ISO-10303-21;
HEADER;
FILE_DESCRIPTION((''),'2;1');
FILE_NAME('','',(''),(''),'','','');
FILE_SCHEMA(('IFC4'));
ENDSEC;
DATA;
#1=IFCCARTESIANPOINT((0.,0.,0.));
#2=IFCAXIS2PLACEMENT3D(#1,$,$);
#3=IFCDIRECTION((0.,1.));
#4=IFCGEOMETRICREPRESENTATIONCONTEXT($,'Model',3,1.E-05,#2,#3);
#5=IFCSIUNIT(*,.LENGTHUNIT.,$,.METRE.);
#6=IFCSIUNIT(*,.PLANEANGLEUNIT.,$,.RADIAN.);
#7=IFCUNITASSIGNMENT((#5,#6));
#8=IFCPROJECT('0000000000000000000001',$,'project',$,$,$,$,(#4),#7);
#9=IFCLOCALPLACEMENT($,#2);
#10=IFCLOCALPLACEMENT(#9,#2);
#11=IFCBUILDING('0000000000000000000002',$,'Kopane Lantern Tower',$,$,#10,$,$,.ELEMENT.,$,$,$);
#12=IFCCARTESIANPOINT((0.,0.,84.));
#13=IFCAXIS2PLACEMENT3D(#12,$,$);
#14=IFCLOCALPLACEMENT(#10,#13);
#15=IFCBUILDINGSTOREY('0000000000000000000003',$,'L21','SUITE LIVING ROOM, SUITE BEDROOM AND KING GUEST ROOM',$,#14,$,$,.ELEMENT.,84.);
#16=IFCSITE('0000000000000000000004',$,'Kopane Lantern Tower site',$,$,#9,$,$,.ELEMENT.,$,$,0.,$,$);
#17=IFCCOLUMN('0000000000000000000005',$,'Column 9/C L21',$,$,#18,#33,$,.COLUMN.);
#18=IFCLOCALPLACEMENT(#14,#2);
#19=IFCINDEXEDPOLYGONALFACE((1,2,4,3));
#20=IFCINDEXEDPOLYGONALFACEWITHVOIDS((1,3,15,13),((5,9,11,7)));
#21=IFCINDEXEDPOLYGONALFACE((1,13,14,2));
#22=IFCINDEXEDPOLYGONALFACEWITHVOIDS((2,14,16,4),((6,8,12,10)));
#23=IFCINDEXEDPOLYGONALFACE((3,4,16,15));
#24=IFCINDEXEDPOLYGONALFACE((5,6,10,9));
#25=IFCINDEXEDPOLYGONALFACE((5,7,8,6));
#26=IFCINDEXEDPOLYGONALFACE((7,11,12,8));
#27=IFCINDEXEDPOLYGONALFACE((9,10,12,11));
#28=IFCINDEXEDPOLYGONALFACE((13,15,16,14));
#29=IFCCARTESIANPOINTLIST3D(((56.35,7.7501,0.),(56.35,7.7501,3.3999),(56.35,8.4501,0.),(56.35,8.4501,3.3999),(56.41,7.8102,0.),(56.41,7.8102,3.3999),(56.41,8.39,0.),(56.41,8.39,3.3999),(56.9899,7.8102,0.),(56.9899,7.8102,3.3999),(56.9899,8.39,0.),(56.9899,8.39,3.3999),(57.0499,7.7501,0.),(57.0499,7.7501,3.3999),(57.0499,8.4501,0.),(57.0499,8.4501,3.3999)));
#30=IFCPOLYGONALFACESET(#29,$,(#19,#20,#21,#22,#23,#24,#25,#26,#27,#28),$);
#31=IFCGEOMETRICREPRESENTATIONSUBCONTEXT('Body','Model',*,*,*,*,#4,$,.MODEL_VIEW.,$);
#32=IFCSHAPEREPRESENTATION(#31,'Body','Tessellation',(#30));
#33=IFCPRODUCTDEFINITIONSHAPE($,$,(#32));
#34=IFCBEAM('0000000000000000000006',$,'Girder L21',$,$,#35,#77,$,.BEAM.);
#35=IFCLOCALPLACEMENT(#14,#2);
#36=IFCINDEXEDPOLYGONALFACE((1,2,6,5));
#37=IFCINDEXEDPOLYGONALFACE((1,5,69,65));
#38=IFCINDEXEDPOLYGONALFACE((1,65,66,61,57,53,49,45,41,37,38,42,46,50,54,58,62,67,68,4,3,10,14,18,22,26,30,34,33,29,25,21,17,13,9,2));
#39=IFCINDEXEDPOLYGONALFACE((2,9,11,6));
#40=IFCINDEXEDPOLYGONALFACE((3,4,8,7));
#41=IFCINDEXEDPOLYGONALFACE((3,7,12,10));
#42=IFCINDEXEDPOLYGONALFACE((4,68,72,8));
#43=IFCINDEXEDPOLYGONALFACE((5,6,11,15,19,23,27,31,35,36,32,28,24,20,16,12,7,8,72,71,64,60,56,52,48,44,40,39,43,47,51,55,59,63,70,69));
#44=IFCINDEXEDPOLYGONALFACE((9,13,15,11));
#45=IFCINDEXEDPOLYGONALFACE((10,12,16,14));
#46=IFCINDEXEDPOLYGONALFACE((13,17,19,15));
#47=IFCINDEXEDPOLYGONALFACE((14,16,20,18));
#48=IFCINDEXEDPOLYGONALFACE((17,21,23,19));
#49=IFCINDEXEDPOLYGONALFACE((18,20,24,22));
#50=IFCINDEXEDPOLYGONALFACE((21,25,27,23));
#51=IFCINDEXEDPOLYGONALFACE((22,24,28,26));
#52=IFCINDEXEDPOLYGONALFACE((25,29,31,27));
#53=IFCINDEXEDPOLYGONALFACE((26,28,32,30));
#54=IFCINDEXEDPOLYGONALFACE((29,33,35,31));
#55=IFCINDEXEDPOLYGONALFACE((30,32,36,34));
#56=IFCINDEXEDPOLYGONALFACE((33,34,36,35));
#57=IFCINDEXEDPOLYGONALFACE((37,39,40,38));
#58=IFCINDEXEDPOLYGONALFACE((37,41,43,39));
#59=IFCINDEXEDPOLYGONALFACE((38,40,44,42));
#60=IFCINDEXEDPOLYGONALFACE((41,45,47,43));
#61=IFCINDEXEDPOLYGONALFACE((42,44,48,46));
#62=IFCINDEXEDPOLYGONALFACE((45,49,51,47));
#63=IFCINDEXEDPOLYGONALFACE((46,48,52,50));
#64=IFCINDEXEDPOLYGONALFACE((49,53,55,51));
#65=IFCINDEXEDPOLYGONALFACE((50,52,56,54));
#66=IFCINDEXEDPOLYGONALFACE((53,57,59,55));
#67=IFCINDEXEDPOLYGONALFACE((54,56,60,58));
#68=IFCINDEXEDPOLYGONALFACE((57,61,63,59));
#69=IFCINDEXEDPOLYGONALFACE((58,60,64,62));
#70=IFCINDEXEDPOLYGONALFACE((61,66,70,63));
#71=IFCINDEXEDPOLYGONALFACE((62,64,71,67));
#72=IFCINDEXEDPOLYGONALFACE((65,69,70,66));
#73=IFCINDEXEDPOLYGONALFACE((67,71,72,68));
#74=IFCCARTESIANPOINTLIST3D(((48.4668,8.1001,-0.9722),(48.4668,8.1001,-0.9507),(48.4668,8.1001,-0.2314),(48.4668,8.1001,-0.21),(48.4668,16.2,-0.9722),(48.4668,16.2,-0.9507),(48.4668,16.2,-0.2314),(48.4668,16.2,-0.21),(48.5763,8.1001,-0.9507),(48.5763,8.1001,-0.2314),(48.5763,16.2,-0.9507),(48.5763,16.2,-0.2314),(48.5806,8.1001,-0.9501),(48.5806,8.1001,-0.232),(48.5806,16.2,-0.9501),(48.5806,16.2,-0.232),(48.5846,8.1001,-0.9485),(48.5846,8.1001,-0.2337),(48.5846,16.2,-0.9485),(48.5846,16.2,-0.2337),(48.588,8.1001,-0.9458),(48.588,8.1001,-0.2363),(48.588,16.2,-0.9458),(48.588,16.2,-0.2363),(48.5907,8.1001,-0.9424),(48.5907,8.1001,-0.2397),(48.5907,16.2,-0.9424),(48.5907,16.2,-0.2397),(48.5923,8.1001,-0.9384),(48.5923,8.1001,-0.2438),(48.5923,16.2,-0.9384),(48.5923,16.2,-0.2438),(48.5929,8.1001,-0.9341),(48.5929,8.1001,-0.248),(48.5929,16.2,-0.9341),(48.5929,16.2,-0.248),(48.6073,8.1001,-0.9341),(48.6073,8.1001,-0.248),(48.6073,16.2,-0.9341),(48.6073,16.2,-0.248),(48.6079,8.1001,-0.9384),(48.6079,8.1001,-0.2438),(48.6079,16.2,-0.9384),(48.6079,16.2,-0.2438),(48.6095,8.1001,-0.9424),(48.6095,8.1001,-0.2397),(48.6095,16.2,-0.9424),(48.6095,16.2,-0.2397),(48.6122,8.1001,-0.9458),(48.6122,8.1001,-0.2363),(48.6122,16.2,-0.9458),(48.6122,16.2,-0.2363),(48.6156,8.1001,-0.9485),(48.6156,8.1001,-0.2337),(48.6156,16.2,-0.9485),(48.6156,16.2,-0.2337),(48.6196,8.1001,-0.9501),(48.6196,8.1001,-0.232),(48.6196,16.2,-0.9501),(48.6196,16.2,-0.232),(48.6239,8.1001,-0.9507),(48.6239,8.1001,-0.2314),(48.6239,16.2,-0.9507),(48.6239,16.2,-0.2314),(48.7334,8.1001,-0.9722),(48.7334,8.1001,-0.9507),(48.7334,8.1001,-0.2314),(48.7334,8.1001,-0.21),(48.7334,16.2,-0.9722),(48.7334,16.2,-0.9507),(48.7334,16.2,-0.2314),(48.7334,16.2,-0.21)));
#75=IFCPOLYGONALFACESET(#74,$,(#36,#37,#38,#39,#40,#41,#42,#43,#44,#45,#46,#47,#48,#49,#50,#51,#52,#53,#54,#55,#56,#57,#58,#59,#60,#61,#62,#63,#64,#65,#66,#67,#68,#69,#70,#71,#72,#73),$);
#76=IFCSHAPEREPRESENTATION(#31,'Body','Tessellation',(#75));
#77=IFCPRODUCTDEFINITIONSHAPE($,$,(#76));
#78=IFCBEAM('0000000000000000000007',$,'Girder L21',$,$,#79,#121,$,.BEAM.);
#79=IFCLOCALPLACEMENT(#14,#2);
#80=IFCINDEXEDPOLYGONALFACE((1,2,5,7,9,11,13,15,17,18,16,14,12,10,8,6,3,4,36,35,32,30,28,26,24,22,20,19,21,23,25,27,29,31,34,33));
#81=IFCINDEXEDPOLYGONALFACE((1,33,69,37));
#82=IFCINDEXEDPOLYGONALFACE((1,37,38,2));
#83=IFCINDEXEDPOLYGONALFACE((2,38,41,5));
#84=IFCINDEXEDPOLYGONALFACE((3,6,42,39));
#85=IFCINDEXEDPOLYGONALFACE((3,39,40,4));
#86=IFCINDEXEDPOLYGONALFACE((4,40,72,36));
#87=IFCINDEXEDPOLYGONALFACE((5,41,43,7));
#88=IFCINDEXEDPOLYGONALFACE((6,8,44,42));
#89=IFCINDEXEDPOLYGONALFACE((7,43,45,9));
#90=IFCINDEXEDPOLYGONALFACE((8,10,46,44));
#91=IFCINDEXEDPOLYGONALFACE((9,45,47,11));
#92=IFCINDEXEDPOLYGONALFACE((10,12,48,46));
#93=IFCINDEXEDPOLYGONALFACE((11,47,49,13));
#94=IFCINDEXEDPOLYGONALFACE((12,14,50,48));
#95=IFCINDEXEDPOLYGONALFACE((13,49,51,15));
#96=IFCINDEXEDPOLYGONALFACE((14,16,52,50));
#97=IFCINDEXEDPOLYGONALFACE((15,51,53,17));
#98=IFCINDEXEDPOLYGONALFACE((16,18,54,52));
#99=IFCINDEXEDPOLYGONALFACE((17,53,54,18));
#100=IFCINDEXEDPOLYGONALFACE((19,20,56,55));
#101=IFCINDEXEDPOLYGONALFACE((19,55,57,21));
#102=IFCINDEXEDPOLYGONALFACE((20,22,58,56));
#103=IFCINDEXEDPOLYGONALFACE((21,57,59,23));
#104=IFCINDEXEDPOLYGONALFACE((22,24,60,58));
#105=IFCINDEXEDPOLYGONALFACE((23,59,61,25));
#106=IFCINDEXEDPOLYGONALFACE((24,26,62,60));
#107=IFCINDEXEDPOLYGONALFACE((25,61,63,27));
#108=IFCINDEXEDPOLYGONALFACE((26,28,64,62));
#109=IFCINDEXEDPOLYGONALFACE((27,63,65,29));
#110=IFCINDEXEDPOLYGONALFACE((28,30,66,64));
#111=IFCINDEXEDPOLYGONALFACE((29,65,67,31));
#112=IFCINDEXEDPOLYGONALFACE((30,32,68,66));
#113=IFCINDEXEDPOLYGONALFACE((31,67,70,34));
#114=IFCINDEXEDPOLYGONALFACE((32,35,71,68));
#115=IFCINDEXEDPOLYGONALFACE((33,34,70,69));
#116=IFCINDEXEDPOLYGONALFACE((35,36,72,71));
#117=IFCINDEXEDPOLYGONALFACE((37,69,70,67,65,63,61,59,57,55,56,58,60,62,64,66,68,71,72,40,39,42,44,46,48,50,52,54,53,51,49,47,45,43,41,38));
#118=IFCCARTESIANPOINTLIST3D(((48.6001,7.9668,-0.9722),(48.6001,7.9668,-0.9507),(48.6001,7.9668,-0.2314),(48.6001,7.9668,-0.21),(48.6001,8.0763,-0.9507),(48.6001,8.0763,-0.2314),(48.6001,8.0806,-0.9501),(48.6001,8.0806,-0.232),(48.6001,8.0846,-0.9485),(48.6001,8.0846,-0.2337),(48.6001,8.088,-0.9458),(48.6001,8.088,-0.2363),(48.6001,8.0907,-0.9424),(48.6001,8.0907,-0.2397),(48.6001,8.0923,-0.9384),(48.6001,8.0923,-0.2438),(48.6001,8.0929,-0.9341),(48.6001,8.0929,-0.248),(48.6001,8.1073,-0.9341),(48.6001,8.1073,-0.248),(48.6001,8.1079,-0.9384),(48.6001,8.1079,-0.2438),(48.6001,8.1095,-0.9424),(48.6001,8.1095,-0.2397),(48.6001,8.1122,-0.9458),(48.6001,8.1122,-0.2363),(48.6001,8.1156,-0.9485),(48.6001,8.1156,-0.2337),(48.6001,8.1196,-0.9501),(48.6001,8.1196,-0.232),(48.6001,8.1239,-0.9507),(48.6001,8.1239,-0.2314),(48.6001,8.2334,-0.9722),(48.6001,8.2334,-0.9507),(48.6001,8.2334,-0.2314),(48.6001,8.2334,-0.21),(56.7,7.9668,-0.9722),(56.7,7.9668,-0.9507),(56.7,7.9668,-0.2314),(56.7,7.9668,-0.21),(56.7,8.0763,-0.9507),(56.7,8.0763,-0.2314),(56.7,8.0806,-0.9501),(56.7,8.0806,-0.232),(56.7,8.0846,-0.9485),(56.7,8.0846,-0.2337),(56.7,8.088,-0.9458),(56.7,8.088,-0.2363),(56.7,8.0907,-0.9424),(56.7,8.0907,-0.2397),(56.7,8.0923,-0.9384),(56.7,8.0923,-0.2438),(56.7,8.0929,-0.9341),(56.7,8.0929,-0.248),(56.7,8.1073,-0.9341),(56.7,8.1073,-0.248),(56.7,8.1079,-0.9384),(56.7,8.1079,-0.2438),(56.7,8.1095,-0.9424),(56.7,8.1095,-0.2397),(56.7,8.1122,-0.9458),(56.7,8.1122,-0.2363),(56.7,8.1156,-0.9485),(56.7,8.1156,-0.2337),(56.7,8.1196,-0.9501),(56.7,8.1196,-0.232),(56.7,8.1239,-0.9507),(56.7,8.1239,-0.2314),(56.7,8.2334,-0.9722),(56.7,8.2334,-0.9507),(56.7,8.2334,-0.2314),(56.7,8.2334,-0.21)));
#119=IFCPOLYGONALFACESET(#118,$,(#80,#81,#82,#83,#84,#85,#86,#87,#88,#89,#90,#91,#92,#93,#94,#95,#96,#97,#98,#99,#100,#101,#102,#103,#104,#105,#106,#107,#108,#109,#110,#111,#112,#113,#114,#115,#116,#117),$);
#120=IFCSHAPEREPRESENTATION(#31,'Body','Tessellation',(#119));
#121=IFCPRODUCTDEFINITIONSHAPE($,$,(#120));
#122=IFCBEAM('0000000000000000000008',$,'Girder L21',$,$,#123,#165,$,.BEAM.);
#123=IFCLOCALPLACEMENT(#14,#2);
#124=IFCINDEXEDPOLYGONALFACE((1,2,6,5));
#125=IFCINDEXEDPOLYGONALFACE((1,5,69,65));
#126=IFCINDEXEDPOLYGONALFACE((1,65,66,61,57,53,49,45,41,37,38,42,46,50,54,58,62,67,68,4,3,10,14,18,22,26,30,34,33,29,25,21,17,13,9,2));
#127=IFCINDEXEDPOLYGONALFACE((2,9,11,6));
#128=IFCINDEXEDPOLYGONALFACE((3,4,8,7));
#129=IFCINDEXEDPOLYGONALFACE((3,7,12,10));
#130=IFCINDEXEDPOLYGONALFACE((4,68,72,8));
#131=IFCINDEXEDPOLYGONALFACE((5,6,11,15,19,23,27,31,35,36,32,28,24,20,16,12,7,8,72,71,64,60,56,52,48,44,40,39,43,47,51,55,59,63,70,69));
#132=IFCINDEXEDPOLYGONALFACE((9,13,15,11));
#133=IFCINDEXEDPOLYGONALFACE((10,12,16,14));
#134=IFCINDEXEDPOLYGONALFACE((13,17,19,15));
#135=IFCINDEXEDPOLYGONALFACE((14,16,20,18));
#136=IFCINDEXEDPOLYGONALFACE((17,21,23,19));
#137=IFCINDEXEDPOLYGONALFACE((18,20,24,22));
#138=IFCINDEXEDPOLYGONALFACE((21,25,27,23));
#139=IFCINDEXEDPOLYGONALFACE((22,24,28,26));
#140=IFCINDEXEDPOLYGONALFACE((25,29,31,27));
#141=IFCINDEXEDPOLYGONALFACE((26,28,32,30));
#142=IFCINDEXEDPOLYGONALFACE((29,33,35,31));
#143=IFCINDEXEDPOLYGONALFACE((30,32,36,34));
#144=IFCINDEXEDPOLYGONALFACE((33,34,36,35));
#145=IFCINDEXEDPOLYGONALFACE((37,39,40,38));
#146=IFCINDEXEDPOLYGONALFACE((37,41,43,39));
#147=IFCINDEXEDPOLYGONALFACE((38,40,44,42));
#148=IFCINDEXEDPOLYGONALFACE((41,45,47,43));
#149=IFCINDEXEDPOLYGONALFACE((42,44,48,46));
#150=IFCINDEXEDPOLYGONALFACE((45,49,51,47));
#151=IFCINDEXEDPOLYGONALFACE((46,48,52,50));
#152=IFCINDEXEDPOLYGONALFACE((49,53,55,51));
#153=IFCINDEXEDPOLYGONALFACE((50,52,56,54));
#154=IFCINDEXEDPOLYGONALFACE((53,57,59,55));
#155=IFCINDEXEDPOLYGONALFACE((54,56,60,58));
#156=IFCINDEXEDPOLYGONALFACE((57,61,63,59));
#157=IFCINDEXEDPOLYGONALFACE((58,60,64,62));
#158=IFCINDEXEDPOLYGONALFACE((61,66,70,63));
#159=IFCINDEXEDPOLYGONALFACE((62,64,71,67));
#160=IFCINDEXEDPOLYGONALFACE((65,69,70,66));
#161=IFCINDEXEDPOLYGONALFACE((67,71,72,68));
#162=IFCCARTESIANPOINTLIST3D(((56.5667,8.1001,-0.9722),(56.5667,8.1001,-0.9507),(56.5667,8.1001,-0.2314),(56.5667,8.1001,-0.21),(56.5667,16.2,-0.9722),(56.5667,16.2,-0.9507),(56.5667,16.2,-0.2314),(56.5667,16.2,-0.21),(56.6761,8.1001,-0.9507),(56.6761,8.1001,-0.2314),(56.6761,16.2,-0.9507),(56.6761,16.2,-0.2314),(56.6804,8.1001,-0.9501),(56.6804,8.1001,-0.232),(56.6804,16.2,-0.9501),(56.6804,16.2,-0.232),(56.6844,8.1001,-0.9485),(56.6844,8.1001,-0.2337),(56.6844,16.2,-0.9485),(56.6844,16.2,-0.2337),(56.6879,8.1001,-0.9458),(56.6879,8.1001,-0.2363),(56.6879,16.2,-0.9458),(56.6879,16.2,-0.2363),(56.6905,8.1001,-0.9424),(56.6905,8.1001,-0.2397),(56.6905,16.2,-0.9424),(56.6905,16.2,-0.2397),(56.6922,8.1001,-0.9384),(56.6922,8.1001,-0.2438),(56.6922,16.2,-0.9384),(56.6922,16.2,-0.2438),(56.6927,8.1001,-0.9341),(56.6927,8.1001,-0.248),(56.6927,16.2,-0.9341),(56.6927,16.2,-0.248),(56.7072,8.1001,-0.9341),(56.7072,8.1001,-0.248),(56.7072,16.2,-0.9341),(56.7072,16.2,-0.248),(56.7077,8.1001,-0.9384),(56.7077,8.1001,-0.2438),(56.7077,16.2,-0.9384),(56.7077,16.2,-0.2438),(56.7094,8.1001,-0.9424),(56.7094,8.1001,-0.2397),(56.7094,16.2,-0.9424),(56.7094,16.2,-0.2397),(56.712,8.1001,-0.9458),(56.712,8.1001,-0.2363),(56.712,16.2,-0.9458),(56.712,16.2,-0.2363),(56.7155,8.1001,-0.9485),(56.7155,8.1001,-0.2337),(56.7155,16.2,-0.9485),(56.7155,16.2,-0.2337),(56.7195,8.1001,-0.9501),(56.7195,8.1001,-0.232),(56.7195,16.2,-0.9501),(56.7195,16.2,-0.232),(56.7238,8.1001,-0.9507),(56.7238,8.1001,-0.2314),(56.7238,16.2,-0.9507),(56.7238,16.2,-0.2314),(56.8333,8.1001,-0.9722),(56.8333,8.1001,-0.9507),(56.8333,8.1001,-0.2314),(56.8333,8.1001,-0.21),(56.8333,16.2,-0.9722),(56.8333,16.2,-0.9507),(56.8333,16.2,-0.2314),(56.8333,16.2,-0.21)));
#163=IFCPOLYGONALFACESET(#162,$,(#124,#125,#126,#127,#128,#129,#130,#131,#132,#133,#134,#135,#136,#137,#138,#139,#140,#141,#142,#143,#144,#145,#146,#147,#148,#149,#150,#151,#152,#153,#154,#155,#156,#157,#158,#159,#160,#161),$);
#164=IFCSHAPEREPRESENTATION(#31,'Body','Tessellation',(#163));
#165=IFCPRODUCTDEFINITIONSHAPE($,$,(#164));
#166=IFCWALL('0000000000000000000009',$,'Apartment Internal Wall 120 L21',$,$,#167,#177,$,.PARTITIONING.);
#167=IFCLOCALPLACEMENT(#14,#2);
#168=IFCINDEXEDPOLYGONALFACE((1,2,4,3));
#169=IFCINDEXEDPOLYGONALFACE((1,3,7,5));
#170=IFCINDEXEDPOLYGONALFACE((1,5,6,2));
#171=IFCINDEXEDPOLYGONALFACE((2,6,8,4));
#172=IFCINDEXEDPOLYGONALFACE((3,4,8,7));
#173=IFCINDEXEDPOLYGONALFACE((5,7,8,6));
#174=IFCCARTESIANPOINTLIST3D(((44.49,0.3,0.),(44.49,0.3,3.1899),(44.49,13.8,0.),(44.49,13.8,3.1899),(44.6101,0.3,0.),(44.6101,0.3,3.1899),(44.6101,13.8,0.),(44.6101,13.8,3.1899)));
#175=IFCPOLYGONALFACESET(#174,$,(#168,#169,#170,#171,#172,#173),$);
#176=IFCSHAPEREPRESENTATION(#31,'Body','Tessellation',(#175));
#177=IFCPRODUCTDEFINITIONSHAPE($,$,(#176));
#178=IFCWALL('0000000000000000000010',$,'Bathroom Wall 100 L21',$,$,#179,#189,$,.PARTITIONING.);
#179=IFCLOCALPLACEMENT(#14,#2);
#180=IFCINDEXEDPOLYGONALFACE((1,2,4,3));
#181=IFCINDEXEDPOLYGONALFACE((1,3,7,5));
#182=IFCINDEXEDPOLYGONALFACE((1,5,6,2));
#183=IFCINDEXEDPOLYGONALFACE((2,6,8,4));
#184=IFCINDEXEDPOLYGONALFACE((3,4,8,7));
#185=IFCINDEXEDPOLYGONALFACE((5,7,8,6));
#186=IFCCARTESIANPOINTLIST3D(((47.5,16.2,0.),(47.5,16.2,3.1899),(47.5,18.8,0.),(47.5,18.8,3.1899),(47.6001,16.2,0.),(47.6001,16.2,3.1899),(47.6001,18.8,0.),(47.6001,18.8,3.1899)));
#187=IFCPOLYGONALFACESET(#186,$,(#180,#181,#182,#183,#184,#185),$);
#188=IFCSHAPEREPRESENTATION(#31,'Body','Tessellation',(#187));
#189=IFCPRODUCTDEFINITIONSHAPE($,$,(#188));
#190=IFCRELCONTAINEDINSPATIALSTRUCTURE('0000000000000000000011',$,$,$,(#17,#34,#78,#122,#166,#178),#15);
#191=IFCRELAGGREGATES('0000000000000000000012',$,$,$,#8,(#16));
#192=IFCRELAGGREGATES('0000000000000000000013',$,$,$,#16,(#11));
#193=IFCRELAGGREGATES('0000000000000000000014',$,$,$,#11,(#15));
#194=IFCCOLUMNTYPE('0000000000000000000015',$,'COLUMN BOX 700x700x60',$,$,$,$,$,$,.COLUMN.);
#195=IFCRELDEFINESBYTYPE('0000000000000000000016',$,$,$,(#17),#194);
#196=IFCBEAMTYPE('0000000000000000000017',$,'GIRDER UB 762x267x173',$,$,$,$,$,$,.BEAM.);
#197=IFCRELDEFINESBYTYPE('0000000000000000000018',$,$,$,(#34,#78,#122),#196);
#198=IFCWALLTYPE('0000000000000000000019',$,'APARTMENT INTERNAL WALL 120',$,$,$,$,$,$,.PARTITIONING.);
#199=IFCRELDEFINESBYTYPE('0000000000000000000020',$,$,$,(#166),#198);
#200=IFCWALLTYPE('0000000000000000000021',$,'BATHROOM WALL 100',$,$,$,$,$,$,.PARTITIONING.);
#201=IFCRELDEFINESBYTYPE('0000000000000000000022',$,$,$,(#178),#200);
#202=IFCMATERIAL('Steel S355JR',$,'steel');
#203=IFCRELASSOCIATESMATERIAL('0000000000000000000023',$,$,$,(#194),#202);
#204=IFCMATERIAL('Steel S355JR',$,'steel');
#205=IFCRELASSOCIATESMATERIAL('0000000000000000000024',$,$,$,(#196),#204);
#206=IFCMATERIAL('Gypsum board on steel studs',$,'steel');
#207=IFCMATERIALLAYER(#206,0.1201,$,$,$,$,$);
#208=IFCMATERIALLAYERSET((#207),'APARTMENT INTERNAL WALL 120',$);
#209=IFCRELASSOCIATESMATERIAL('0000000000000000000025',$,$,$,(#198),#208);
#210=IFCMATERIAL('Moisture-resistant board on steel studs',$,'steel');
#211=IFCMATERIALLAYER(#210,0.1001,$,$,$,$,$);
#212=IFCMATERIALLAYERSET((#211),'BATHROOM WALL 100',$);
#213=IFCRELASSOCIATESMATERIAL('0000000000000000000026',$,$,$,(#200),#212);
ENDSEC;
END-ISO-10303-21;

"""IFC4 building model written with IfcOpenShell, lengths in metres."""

from ifc_helpers import new_model, si_unit, direction, frame, frame_2d, origin, origin_2d, place, context, subcontext, project, spatial, rectangle, hollow_rectangle, i_section, extrude, material, layer, layer_set, material_profile, profile_set, type_object, element, save


model = new_model("IFC4")

# Units and contexts
model_context = context("Model", 3, precision=1e-05, world=origin(), true_north=direction((0.0, 1.0)))
body_context = subcontext(model_context, "Body", "Model", "MODEL_VIEW")
ifc_project = project(units=[si_unit("LENGTHUNIT", "METRE"), si_unit("PLANEANGLEUNIT", "RADIAN")], contexts=[model_context])

# Site, building, storey
site_placement = place(None, origin())
site = spatial("IfcSite", under=ifc_project, at=site_placement, Name="Kopane Lantern Tower site", CompositionType="ELEMENT", RefElevation=0.0)
building_placement = place(site_placement, origin())
building = spatial("IfcBuilding", under=site, at=building_placement, Name="Kopane Lantern Tower", CompositionType="ELEMENT")
storey_placement = place(building_placement, frame((0.0, 0.0, 84.0)))
storey = spatial("IfcBuildingStorey", under=building, at=storey_placement, Name="L21", Description="SUITE LIVING ROOM, SUITE BEDROOM AND KING GUEST ROOM", CompositionType="ELEMENT", Elevation=84.0)

# Column
ifc_material_1 = material(Name="Steel S355JR", Category="steel")
ifc_material_profile_1 = material_profile(ifc_material_1, hollow_rectangle(XDim=0.7, YDim=0.7, WallThickness=0.0601, at=origin_2d()), Name="BOX 700x700x60")
ifc_profile_set_1 = profile_set([ifc_material_profile_1], Name="Steel S355JR")
column_type = type_object("IfcColumnType", Name="COLUMN BOX 700x700x60", PredefinedType="COLUMN", material=ifc_profile_set_1)
column_placement = place(storey_placement, frame((56.7, 8.1001, 0.0), z_axis=(0.0, 0.0, 1.0), x_axis=(1.0, 0.0, 0.0)))
element("IfcColumn", 1, at=column_placement, inside=storey, type_object=column_type, Name="Column 9/C L21", PredefinedType="COLUMN", context=body_context, shape_type="SweptSolid", body=[
    extrude(hollow_rectangle(XDim=0.7, YDim=0.7, WallThickness=0.0601, at=origin_2d()), origin(), (0.0, 0.0, 1.0), 3.3999),
])

# Beams
ifc_material_2 = material(Name="Steel S355JR", Category="steel")
ifc_material_profile_2 = material_profile(ifc_material_2, i_section(OverallWidth=0.2666, OverallDepth=0.7622, WebThickness=0.0144, FlangeThickness=0.0215, FilletRadius=0.0166, at=origin_2d()), Name="UB 762x267x173")
ifc_profile_set_2 = profile_set([ifc_material_profile_2], Name="Steel S355JR")
beam_type = type_object("IfcBeamType", Name="GIRDER UB 762x267x173", PredefinedType="BEAM", material=ifc_profile_set_2)
for number, where, z_axis, x_axis, name in (
    (2, (48.6001, 8.1001, -0.5911), (0.0, 1.0, 0.0), (-1.0, 0.0, 0.0), "Girder L21"),
    (3, (48.6001, 8.1001, -0.5911), (1.0, 0.0, 0.0), (0.0, 1.0, 0.0), "Girder L21"),
    (4, (56.7, 8.1001, -0.5911), (0.0, 1.0, 0.0), (-1.0, 0.0, 0.0), "Girder L21"),
):
    element("IfcBeam", number, at=place(storey_placement, frame(where, z_axis=z_axis, x_axis=x_axis)), inside=storey, type_object=beam_type, Name=name, PredefinedType="BEAM", context=body_context, shape_type="SweptSolid", body=[
        extrude(i_section(OverallWidth=0.2666, OverallDepth=0.7622, WebThickness=0.0144, FlangeThickness=0.0215, FilletRadius=0.0166, at=origin_2d()), origin(), (0.0, 0.0, 1.0), 8.0999),
    ])

# Walls
ifc_material_3 = material(Name="Gypsum board on steel studs", Category="steel")
ifc_layer_1 = layer(ifc_material_3, 0.1201)
ifc_layer_set_1 = layer_set([ifc_layer_1], Name="APARTMENT INTERNAL WALL 120")
wall_type_1 = type_object("IfcWallType", Name="APARTMENT INTERNAL WALL 120", PredefinedType="PARTITIONING", material=ifc_layer_set_1)
wall_1_placement = place(storey_placement, frame((44.55, 13.8, 0.0), z_axis=(0.0, 0.0, 1.0), x_axis=(0.0, -1.0, 0.0)))
element("IfcWall", 5, at=wall_1_placement, inside=storey, type_object=wall_type_1, Name="Apartment Internal Wall 120 L21", PredefinedType="PARTITIONING", context=body_context, shape_type="SweptSolid", body=[
    extrude(rectangle(XDim=13.5, YDim=0.1201, at=frame_2d((6.75, 0.0))), origin(), (0.0, 0.0, 1.0), 3.1899),
])
ifc_material_4 = material(Name="Moisture-resistant board on steel studs", Category="steel")
ifc_layer_2 = layer(ifc_material_4, 0.1001)
ifc_layer_set_2 = layer_set([ifc_layer_2], Name="BATHROOM WALL 100")
wall_type_2 = type_object("IfcWallType", Name="BATHROOM WALL 100", PredefinedType="PARTITIONING", material=ifc_layer_set_2)
wall_2_placement = place(storey_placement, frame((47.55, 16.2, 0.0), z_axis=(0.0, 0.0, 1.0), x_axis=(0.0, 1.0, 0.0)))
element("IfcWall", 6, at=wall_2_placement, inside=storey, type_object=wall_type_2, Name="Bathroom Wall 100 L21", PredefinedType="PARTITIONING", context=body_context, shape_type="SweptSolid", body=[
    extrude(rectangle(XDim=2.6001, YDim=0.1001, at=frame_2d((1.3, 0.0))), origin(), (0.0, 0.0, 1.0), 3.1899),
])

save(model, "model.ifc")
